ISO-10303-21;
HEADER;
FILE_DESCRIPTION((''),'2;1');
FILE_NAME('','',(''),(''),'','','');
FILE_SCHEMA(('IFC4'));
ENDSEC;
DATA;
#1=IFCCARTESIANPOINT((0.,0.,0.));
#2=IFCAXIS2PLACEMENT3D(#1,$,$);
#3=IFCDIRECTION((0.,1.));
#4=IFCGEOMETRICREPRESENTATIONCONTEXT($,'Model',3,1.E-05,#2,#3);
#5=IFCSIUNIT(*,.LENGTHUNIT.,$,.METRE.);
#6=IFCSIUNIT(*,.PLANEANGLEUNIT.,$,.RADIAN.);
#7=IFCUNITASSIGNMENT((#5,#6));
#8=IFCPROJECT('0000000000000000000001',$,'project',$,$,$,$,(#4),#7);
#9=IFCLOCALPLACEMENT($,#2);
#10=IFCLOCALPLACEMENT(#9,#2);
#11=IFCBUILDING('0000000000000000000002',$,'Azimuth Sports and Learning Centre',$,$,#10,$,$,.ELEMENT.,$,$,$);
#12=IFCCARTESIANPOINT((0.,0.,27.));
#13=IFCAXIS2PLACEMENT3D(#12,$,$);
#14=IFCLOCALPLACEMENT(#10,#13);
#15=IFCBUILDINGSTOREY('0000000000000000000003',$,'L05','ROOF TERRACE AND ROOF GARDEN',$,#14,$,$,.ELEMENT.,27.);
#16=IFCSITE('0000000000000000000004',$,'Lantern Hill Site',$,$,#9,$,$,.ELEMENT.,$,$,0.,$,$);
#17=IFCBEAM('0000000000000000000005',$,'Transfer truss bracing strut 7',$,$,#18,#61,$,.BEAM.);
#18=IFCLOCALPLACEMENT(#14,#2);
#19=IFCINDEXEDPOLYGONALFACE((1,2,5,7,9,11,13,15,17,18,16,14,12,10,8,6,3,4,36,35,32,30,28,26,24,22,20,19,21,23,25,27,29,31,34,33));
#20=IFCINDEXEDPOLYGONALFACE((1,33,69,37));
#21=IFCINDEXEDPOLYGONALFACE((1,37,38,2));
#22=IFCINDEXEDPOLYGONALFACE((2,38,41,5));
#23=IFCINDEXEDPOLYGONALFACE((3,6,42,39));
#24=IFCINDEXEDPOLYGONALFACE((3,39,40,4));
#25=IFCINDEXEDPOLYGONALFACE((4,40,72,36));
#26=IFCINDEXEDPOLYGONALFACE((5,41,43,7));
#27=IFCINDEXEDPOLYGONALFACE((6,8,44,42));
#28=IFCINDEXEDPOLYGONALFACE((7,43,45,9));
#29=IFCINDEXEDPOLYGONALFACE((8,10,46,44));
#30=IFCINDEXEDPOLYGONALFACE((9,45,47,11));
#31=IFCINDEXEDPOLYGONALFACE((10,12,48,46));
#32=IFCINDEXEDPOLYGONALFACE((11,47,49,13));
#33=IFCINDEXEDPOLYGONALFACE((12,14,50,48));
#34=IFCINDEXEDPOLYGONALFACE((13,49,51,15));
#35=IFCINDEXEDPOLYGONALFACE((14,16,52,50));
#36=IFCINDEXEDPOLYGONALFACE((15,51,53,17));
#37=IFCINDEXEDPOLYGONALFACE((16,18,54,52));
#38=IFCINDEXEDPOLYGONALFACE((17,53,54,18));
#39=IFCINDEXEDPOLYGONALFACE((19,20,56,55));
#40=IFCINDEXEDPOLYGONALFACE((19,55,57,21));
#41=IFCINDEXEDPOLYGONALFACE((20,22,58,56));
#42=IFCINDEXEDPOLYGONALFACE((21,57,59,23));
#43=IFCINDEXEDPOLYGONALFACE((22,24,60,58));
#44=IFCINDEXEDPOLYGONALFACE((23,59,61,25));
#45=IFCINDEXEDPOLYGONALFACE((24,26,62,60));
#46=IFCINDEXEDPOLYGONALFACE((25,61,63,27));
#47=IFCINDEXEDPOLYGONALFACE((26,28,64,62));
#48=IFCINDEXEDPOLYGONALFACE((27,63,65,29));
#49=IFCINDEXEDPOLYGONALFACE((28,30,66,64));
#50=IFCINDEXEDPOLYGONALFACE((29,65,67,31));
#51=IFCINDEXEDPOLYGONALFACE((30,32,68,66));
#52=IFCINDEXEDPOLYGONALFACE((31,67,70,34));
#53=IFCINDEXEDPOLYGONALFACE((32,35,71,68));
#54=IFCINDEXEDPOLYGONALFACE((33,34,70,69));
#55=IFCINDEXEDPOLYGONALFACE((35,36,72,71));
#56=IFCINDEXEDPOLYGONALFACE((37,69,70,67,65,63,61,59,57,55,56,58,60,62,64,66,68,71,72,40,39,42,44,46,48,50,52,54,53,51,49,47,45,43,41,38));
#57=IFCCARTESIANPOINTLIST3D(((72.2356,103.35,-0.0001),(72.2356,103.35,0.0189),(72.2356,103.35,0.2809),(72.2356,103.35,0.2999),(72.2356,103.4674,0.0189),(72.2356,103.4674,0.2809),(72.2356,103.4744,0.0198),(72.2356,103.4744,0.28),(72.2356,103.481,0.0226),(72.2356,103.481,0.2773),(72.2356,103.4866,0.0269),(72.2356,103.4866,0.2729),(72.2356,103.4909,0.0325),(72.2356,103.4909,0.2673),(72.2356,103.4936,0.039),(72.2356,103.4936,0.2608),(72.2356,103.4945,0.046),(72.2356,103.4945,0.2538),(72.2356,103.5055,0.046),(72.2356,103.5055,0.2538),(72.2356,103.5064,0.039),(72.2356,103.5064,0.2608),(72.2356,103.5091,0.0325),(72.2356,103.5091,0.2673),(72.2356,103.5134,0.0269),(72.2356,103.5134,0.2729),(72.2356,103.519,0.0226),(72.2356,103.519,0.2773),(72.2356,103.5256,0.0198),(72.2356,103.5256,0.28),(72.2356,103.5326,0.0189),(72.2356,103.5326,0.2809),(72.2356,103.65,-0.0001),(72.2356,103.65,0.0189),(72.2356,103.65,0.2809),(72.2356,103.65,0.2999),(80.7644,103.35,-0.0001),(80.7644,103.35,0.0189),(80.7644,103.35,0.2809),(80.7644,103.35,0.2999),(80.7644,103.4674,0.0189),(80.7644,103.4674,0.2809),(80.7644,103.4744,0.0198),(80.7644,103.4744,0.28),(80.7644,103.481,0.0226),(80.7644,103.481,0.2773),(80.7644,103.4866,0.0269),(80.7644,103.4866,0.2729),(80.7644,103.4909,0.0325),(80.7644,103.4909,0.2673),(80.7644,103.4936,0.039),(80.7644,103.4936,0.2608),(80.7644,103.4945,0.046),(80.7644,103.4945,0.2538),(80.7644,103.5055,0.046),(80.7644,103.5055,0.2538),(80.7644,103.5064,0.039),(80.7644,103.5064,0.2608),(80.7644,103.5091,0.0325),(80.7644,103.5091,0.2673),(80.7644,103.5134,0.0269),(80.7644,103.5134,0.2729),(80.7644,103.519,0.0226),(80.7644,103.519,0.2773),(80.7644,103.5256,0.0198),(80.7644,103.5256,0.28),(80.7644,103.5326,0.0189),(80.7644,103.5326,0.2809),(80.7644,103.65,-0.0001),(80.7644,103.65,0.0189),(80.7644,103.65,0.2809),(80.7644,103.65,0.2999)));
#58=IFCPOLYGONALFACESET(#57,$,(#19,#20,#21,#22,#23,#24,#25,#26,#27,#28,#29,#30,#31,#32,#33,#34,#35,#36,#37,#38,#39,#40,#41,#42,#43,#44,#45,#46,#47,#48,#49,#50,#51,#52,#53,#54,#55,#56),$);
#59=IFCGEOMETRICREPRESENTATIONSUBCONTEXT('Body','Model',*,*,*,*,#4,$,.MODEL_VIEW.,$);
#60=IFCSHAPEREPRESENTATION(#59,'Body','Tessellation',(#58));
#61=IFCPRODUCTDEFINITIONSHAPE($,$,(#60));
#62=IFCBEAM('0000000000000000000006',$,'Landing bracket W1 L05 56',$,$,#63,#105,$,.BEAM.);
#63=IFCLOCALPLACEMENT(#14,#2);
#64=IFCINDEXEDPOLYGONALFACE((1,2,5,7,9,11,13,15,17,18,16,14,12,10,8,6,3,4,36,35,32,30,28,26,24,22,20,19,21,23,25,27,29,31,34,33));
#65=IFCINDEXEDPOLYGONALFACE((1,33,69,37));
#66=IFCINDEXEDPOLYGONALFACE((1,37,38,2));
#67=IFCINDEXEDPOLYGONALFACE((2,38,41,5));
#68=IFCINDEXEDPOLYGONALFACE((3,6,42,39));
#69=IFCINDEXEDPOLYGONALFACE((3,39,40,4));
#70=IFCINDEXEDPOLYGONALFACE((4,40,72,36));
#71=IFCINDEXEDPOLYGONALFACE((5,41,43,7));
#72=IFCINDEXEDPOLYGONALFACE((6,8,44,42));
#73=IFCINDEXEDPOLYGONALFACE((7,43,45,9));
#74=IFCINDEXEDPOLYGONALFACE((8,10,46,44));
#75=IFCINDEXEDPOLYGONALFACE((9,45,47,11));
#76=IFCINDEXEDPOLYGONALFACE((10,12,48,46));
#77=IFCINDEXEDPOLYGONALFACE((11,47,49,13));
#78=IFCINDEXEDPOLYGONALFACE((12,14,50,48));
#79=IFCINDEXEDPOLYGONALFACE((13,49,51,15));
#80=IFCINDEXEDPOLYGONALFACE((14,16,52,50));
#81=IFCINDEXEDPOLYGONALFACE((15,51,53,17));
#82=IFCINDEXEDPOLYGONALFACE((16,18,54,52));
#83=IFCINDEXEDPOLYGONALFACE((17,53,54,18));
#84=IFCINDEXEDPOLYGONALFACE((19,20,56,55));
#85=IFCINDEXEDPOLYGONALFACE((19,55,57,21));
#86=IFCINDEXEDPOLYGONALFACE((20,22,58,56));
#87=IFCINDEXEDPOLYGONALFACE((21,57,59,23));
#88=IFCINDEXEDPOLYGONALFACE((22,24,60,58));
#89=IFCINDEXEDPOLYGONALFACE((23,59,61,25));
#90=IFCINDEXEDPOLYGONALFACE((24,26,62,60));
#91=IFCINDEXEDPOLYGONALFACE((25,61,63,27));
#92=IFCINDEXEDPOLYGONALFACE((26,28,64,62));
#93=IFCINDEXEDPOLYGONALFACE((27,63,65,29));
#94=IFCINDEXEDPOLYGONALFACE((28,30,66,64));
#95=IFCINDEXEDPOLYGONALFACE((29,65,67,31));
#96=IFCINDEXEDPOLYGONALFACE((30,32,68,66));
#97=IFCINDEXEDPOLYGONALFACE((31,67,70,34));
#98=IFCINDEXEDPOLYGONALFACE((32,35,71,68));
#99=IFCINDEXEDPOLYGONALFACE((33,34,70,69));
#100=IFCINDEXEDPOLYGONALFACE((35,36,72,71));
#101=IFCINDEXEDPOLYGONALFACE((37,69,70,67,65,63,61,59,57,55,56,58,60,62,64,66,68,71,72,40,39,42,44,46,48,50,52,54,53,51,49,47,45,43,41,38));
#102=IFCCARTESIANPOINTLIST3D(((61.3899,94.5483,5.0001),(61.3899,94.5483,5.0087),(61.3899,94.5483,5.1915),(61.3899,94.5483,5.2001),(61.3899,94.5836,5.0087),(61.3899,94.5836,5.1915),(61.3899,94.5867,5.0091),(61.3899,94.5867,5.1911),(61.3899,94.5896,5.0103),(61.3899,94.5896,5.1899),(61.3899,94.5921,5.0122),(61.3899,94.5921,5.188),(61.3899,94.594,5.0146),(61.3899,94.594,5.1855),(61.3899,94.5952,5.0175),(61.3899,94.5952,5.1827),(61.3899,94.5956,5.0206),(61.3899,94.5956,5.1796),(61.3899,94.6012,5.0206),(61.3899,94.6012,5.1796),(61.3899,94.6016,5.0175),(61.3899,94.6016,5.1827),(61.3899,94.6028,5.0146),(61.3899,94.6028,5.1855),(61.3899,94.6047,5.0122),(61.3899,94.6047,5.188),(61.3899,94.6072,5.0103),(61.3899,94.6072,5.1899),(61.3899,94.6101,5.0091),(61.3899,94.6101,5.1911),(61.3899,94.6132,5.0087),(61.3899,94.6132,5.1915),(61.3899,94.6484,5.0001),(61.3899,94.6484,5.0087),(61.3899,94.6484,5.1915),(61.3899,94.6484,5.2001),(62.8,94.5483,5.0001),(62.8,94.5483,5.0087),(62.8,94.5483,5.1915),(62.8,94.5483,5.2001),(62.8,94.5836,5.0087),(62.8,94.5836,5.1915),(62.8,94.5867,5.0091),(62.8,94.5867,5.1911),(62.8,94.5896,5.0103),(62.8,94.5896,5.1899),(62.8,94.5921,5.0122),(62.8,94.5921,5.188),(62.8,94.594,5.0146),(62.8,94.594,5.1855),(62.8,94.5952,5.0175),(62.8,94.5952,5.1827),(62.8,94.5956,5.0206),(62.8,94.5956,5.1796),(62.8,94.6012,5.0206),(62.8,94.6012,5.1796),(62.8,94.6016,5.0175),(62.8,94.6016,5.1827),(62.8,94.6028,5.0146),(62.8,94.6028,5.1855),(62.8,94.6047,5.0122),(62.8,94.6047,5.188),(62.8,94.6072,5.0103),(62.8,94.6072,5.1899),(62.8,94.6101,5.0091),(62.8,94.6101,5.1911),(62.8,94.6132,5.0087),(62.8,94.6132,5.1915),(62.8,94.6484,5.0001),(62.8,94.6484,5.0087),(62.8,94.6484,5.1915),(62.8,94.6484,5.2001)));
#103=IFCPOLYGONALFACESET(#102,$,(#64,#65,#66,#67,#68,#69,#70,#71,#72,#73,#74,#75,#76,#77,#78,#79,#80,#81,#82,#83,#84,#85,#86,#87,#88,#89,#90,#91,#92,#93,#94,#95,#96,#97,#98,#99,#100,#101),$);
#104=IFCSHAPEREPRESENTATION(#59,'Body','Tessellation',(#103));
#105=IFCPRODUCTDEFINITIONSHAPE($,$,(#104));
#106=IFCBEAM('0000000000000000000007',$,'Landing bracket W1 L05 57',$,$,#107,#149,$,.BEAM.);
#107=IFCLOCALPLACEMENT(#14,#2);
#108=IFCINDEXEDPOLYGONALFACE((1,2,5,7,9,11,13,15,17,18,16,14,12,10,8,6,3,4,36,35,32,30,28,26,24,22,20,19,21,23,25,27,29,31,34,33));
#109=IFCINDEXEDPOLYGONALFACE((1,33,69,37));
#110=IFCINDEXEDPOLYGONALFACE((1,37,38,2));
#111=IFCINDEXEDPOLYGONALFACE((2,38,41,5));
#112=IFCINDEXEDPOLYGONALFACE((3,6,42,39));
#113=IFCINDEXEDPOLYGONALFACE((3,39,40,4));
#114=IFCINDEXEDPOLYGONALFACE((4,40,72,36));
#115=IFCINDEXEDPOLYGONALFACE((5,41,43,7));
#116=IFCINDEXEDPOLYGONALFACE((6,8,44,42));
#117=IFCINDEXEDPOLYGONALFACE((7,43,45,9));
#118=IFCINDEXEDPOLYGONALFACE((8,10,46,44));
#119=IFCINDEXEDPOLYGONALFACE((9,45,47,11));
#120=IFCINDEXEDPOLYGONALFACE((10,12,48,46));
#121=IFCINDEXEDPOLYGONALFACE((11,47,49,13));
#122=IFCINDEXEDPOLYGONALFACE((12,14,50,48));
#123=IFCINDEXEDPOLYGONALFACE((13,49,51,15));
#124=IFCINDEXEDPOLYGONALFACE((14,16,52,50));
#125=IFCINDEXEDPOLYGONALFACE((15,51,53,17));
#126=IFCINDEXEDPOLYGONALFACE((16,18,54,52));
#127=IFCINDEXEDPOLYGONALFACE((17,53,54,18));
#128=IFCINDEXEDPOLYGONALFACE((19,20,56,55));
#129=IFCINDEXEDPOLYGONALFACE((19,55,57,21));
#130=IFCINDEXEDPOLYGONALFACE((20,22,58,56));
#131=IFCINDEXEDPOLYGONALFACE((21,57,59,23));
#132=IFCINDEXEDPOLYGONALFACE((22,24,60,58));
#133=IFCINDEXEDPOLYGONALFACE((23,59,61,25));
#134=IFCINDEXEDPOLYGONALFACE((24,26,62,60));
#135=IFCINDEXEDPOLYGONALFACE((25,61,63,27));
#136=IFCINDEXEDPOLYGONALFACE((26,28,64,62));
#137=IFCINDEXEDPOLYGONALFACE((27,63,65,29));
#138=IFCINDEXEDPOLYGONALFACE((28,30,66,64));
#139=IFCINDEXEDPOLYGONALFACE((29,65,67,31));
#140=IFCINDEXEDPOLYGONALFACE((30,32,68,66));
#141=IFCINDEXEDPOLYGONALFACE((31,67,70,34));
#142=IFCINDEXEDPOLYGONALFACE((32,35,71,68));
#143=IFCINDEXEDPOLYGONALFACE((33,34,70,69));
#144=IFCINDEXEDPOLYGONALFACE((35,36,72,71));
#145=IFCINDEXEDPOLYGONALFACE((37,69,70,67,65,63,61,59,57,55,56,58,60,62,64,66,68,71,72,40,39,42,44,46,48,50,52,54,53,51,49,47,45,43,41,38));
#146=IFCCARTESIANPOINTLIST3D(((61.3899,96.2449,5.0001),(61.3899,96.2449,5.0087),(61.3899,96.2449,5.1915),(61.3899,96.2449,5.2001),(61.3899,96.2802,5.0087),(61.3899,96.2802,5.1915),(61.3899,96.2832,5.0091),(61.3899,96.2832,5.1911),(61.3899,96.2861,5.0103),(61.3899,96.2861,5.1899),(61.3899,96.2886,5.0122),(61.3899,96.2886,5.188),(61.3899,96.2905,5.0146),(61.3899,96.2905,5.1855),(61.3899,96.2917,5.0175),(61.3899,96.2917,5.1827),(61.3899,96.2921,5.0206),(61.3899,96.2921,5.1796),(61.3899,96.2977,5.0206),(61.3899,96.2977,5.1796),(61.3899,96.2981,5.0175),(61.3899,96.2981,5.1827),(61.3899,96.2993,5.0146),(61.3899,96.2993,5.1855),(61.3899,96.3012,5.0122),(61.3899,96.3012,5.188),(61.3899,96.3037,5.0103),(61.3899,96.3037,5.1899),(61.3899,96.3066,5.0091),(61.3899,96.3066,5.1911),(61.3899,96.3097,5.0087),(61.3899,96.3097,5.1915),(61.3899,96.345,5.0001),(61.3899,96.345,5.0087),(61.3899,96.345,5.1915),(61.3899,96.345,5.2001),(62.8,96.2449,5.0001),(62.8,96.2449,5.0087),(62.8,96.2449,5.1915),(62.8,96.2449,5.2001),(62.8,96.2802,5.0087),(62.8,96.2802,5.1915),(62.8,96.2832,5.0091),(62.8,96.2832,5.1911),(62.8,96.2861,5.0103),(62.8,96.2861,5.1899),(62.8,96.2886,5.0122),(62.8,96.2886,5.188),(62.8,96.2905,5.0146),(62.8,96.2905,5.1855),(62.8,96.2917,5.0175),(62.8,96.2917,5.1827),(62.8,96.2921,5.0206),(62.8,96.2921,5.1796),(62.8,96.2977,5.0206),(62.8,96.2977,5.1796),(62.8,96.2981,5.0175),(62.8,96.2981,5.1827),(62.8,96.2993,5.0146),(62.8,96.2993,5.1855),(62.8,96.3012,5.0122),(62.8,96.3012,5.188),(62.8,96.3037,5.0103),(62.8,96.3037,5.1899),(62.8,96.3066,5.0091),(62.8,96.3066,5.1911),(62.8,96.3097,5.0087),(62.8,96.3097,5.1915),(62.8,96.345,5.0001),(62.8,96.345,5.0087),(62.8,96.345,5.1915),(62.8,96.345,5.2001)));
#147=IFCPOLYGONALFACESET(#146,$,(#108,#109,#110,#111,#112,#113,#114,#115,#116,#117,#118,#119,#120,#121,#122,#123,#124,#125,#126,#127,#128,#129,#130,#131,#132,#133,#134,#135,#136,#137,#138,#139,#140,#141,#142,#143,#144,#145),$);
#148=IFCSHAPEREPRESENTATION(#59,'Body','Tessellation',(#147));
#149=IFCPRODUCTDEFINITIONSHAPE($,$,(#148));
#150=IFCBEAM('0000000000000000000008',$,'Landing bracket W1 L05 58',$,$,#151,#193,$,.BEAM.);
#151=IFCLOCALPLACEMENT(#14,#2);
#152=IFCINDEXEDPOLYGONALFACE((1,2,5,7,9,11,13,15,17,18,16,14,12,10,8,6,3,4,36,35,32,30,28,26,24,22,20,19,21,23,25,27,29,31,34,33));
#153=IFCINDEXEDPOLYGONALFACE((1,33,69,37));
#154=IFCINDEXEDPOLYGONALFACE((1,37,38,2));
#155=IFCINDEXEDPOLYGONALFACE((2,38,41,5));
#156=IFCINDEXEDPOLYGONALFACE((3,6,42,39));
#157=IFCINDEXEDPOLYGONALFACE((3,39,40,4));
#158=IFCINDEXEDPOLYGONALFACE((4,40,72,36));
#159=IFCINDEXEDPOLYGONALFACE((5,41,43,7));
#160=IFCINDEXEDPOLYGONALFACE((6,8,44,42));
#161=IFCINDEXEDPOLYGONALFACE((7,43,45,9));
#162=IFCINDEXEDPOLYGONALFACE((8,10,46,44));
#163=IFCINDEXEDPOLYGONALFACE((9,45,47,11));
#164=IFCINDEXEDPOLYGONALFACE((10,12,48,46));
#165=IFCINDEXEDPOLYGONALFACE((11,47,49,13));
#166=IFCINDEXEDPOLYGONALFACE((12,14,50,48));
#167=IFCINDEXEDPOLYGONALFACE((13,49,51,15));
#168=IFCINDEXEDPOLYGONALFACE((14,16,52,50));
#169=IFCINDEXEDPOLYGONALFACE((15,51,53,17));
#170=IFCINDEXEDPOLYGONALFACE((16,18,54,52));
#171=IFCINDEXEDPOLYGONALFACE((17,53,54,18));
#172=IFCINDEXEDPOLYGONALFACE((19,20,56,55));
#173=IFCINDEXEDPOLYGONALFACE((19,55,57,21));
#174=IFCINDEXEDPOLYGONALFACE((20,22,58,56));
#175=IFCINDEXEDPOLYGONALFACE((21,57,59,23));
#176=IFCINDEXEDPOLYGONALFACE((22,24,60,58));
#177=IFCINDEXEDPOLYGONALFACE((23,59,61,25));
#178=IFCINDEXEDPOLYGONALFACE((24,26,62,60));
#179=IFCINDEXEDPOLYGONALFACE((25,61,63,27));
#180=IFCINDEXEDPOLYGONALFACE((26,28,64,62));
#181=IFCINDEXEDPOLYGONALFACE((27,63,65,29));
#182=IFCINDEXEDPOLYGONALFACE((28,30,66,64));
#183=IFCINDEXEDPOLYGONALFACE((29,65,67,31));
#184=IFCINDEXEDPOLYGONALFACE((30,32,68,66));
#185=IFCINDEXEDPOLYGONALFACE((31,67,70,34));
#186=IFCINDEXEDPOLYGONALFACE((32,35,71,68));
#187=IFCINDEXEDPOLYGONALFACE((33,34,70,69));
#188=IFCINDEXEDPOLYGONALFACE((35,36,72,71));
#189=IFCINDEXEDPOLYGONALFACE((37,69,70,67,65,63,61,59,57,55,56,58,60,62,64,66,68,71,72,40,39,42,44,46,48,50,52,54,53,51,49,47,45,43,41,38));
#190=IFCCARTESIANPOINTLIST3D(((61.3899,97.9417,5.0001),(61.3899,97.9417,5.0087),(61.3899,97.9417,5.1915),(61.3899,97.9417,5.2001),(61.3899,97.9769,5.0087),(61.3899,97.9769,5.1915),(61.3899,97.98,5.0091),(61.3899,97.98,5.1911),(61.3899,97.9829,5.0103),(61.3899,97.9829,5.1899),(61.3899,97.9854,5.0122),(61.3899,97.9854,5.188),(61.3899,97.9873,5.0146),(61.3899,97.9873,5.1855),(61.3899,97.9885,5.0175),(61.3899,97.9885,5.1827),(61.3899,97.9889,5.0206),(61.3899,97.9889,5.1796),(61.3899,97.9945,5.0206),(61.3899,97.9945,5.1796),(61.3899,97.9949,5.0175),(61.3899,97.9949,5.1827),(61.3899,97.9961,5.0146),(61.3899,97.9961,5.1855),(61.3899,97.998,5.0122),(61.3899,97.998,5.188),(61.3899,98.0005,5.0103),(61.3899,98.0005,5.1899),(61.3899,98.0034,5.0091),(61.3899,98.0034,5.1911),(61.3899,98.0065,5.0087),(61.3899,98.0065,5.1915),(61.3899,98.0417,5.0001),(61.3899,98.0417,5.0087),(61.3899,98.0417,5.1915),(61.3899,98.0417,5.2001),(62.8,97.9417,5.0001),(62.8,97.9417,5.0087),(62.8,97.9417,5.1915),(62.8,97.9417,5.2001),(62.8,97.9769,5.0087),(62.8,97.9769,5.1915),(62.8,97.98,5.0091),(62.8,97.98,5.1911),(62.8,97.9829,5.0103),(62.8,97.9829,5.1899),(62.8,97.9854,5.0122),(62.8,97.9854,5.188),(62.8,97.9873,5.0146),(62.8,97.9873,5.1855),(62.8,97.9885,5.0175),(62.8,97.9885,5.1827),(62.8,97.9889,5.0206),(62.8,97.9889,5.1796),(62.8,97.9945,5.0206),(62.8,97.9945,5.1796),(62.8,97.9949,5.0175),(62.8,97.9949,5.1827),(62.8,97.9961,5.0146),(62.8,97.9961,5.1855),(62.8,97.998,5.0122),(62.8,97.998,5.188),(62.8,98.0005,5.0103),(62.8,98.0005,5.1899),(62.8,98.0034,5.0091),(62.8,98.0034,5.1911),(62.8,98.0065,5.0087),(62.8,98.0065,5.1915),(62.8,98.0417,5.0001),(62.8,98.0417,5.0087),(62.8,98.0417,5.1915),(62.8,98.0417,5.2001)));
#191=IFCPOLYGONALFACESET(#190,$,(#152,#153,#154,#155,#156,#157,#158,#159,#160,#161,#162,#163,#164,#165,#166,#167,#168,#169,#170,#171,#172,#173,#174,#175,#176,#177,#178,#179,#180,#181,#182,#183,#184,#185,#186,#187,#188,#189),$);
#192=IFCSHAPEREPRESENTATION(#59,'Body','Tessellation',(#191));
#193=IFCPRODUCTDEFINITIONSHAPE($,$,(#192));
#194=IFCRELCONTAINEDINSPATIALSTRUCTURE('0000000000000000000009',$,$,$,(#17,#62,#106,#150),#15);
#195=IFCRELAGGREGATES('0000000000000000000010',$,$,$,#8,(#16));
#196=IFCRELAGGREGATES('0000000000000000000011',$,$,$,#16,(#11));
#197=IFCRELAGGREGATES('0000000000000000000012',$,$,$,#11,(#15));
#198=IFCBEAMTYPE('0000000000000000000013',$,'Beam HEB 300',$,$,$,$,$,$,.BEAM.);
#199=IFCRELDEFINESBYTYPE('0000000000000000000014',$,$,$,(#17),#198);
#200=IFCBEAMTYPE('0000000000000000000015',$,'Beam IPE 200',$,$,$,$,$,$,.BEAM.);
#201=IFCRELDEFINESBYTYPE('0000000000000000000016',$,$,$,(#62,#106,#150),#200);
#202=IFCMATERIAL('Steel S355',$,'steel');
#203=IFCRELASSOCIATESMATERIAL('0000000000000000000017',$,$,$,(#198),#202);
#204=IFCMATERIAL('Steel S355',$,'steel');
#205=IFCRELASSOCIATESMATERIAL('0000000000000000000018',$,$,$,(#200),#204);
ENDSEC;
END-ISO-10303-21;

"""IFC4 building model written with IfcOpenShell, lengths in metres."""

from ifc_helpers import new_model, si_unit, direction, frame, origin, origin_2d, place, context, subcontext, project, spatial, i_section, extrude, material, material_profile, profile_set, type_object, element, save


model = new_model("IFC4")

# Units and contexts
model_context = context("Model", 3, precision=1e-05, world=origin(), true_north=direction((0.0, 1.0)))
body_context = subcontext(model_context, "Body", "Model", "MODEL_VIEW")
ifc_project = project(units=[si_unit("LENGTHUNIT", "METRE"), si_unit("PLANEANGLEUNIT", "RADIAN")], contexts=[model_context])

# Site, building, storey
site_placement = place(None, origin())
site = spatial("IfcSite", under=ifc_project, at=site_placement, Name="Lantern Hill Site", CompositionType="ELEMENT", RefElevation=0.0)
building_placement = place(site_placement, origin())
building = spatial("IfcBuilding", under=site, at=building_placement, Name="Azimuth Sports and Learning Centre", CompositionType="ELEMENT")
storey_placement = place(building_placement, frame((0.0, 0.0, 27.0)))
storey = spatial("IfcBuildingStorey", under=building, at=storey_placement, Name="L05", Description="ROOF TERRACE AND ROOF GARDEN", CompositionType="ELEMENT", Elevation=27.0)

# Beams
ifc_material_1 = material(Name="Steel S355", Category="steel")
ifc_material_profile_1 = material_profile(ifc_material_1, i_section(OverallWidth=0.3, OverallDepth=0.3, WebThickness=0.011, FlangeThickness=0.019, FilletRadius=0.0271, at=origin_2d()), Name="HEB 300")
ifc_profile_set_1 = profile_set([ifc_material_profile_1], Name="Steel S355")
beam_type_1 = type_object("IfcBeamType", Name="Beam HEB 300", PredefinedType="BEAM", material=ifc_profile_set_1)
for number, where, z_axis, x_axis, name in (
    (1, (72.2356, 103.5, 0.1499), (1.0, 0.0, 0.0), (0.0, 1.0, 0.0), "Transfer truss bracing strut 7"),
):
    element("IfcBeam", number, at=place(storey_placement, frame(where, z_axis=z_axis, x_axis=x_axis)), inside=storey, type_object=beam_type_1, Name=name, PredefinedType="BEAM", context=body_context, shape_type="SweptSolid", body=[
        extrude(i_section(OverallWidth=0.3, OverallDepth=0.3, WebThickness=0.011, FlangeThickness=0.019, FilletRadius=0.0271, at=origin_2d()), origin(), (0.0, 0.0, 1.0), 8.5288),
    ])
ifc_material_2 = material(Name="Steel S355", Category="steel")
ifc_material_profile_2 = material_profile(ifc_material_2, i_section(OverallWidth=0.1001, OverallDepth=0.2, WebThickness=0.0056, FlangeThickness=0.0085, FilletRadius=0.012, at=origin_2d()), Name="IPE 200")
ifc_profile_set_2 = profile_set([ifc_material_profile_2], Name="Steel S355")
beam_type_2 = type_object("IfcBeamType", Name="Beam IPE 200", PredefinedType="BEAM", material=ifc_profile_set_2)
for number, where, z_axis, x_axis, name in (
    (2, (62.8, 94.5984, 5.1001), (-1.0, 0.0, 0.0), (0.0, -1.0, 0.0), "Landing bracket W1 L05 56"),
    (3, (62.8, 96.2949, 5.1001), (-1.0, 0.0, 0.0), (0.0, -1.0, 0.0), "Landing bracket W1 L05 57"),
    (4, (62.8, 97.9917, 5.1001), (-1.0, 0.0, 0.0), (0.0, -1.0, 0.0), "Landing bracket W1 L05 58"),
):
    element("IfcBeam", number, at=place(storey_placement, frame(where, z_axis=z_axis, x_axis=x_axis)), inside=storey, type_object=beam_type_2, Name=name, PredefinedType="BEAM", context=body_context, shape_type="SweptSolid", body=[
        extrude(i_section(OverallWidth=0.1001, OverallDepth=0.2, WebThickness=0.0056, FlangeThickness=0.0085, FilletRadius=0.012, at=origin_2d()), origin(), (0.0, 0.0, 1.0), 1.4102),
    ])

save(model, "model.ifc")
